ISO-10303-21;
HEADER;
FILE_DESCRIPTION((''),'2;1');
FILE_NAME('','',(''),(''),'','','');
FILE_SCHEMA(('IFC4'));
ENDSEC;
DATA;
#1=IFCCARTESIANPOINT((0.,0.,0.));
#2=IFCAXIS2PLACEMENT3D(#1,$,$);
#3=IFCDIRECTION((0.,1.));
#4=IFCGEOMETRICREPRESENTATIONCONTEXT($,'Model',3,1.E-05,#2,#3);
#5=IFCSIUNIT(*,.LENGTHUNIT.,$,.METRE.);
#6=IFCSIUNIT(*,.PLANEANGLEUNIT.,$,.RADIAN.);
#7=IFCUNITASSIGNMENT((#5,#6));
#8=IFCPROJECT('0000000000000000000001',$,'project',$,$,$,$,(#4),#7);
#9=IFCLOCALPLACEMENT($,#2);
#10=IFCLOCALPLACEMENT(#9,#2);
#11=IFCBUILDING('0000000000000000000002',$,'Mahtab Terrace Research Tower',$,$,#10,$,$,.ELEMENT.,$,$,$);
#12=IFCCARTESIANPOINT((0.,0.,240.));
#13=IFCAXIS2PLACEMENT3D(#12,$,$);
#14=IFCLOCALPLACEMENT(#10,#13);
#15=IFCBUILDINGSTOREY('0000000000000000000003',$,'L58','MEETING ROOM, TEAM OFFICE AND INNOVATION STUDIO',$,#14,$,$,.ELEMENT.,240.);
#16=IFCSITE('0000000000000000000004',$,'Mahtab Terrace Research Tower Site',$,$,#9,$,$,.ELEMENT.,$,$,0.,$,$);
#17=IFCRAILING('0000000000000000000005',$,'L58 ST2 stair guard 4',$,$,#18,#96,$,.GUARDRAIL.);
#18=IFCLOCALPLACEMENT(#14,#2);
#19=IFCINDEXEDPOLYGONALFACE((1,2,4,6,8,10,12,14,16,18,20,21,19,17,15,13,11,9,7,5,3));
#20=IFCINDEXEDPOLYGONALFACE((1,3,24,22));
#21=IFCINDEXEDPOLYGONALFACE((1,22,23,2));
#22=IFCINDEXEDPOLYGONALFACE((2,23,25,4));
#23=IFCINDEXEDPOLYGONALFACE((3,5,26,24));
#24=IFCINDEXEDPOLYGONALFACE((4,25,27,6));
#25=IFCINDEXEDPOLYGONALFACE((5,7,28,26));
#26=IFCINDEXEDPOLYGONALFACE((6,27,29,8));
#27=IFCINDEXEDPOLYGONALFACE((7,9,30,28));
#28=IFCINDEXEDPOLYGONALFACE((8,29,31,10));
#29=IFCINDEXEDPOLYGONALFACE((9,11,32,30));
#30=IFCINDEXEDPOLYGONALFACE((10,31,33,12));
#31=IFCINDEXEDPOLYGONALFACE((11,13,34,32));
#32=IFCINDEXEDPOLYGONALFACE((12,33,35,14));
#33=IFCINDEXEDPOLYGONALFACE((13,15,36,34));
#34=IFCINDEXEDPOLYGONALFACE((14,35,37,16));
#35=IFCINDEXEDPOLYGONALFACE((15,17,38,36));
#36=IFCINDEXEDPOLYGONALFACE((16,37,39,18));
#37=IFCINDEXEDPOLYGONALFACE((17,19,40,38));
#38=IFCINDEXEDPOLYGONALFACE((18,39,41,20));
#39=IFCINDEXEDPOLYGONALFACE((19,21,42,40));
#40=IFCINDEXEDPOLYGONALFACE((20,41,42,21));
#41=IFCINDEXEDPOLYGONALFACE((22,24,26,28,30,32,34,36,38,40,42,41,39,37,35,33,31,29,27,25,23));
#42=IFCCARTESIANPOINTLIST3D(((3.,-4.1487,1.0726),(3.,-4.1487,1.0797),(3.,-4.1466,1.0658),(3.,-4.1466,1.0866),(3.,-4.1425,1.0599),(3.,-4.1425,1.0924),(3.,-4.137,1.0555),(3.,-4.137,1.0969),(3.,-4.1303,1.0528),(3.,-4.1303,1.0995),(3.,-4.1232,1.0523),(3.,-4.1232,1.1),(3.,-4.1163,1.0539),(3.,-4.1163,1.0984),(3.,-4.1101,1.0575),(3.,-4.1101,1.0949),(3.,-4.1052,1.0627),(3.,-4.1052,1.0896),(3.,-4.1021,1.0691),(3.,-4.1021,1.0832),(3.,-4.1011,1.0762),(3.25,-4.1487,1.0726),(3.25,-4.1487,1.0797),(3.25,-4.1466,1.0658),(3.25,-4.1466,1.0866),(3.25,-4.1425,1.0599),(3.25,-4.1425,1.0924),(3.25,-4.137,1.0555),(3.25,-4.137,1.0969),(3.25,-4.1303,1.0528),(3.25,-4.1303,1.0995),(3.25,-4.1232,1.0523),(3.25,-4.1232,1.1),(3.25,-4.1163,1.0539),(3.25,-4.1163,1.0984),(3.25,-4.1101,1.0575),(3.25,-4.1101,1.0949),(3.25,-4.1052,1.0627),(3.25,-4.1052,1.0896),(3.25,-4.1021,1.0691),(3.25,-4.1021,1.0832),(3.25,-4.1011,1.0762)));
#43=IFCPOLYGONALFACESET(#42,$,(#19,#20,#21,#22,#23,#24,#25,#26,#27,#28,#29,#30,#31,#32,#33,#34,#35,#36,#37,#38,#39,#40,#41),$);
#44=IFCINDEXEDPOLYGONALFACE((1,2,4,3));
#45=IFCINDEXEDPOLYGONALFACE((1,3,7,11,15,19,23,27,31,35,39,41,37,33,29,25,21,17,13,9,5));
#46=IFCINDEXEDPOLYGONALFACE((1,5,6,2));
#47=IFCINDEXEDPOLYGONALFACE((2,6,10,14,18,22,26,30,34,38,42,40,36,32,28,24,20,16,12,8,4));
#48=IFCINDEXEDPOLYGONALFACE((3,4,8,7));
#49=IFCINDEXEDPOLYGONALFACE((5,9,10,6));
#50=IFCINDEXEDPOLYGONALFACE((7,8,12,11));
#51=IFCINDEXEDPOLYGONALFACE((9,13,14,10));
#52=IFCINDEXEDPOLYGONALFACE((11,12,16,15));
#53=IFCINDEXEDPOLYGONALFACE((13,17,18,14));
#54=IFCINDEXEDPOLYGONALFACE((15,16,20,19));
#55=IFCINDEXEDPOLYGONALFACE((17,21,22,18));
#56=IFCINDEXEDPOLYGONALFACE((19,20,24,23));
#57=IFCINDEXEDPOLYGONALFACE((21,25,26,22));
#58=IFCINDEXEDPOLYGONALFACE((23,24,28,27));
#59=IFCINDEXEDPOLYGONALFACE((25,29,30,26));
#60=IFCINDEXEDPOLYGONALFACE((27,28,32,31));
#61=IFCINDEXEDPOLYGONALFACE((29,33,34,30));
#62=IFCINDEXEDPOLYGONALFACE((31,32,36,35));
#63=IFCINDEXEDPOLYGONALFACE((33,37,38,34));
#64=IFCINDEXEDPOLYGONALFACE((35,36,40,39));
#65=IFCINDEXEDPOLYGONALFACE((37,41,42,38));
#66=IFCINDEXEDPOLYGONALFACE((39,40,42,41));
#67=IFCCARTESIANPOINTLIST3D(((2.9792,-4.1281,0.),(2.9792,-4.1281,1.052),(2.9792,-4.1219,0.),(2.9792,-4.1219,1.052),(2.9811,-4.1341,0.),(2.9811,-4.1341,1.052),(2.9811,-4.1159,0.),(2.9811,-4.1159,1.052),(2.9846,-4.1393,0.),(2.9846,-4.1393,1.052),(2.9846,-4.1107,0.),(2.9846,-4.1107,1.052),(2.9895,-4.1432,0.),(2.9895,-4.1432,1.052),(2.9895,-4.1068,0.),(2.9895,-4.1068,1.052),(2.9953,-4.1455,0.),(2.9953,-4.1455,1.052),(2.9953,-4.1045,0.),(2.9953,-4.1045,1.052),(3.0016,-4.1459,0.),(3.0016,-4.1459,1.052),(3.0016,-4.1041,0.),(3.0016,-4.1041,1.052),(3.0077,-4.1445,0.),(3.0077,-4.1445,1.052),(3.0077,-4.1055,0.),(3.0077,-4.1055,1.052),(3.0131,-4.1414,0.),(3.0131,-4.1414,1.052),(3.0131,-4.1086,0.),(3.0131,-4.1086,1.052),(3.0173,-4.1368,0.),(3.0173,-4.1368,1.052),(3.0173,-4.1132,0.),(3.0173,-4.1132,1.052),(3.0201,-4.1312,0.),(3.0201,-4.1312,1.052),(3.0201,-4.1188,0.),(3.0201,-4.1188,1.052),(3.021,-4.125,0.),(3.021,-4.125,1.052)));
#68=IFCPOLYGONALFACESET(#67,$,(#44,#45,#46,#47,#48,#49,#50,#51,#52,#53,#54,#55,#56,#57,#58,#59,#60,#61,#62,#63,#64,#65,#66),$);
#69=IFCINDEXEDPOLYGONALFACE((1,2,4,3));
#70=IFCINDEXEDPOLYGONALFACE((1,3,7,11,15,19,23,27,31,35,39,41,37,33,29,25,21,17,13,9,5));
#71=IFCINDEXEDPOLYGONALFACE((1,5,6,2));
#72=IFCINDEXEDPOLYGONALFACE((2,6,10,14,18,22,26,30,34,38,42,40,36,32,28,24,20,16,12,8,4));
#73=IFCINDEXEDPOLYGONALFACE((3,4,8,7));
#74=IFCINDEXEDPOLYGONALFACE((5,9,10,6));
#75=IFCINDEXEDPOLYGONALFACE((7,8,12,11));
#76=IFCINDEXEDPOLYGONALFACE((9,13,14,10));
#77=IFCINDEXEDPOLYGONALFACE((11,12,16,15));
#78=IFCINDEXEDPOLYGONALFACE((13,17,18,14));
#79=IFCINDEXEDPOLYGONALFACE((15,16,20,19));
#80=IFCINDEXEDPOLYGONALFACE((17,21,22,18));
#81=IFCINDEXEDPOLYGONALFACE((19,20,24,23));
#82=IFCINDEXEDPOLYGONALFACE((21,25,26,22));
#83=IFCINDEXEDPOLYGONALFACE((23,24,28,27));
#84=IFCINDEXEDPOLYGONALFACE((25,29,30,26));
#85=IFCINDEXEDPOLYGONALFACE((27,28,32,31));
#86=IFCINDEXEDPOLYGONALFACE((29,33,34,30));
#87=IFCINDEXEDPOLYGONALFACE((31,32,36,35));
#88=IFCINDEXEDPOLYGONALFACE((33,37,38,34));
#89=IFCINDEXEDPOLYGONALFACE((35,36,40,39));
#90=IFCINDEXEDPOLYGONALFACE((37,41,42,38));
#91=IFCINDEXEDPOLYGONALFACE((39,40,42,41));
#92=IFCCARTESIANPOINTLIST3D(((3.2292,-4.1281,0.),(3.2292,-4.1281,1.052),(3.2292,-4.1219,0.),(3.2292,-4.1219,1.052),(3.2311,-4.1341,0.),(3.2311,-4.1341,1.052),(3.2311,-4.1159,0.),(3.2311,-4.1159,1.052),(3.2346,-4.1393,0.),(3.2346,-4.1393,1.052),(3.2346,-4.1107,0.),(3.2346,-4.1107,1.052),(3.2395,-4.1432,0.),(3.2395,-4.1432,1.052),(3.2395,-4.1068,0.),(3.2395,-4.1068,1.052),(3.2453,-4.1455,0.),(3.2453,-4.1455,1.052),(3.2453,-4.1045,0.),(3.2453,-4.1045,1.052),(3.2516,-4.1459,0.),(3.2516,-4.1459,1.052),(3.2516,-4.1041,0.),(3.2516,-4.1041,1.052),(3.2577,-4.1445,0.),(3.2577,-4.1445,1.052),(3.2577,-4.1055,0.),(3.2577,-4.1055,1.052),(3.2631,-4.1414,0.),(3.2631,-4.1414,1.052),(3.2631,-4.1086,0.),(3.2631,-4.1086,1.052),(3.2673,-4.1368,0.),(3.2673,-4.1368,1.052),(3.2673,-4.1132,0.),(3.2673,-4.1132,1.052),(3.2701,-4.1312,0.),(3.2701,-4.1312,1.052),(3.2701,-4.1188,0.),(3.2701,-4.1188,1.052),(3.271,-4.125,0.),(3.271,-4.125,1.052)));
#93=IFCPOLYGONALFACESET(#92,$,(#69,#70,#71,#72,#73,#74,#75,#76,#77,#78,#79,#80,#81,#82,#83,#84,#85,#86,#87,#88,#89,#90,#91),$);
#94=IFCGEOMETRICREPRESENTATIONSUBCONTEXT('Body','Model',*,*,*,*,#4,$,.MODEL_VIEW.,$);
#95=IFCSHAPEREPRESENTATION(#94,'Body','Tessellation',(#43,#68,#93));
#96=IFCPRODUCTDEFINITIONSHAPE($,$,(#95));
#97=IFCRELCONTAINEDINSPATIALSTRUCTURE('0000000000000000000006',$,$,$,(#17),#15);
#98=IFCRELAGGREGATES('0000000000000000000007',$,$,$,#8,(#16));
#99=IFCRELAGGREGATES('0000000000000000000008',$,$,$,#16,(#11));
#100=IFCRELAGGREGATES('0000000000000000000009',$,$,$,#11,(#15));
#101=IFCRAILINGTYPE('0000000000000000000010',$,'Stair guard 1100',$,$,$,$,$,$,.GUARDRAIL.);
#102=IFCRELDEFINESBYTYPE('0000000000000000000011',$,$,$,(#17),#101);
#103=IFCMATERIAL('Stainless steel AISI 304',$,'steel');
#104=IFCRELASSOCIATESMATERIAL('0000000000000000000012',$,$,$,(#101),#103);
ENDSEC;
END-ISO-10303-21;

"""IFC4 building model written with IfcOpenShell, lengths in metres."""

from ifc_helpers import new_model, si_unit, direction, frame, origin, origin_2d, place, context, subcontext, project, spatial, circle, extrude, material, type_object, element, save


model = new_model("IFC4")

# Units and contexts
model_context = context("Model", 3, precision=1e-05, world=origin(), true_north=direction((0.0, 1.0)))
body_context = subcontext(model_context, "Body", "Model", "MODEL_VIEW")
ifc_project = project(units=[si_unit("LENGTHUNIT", "METRE"), si_unit("PLANEANGLEUNIT", "RADIAN")], contexts=[model_context])

# Site, building, storey
site_placement = place(None, origin())
site = spatial("IfcSite", under=ifc_project, at=site_placement, Name="Mahtab Terrace Research Tower Site", CompositionType="ELEMENT", RefElevation=0.0)
building_placement = place(site_placement, origin())
building = spatial("IfcBuilding", under=site, at=building_placement, Name="Mahtab Terrace Research Tower", CompositionType="ELEMENT")
storey_placement = place(building_placement, frame((0.0, 0.0, 240.0)))
storey = spatial("IfcBuildingStorey", under=building, at=storey_placement, Name="L58", Description="MEETING ROOM, TEAM OFFICE AND INNOVATION STUDIO", CompositionType="ELEMENT", Elevation=240.0)

# Railing
ifc_material_1 = material(Name="Stainless steel AISI 304", Category="steel")
railing_type_1 = type_object("IfcRailingType", Name="Stair guard 1100", PredefinedType="GUARDRAIL", material=ifc_material_1)
railing_1_placement = place(storey_placement, frame((3.0, -4.125, 0.0)))
element("IfcRailing", 1, at=railing_1_placement, inside=storey, type_object=railing_type_1, Name="L58 ST2 stair guard 4", PredefinedType="GUARDRAIL", context=body_context, shape_type="SweptSolid", body=[
    extrude(circle(Radius=0.0239, at=origin_2d()), frame((0.0, 0.0, 1.0762), z_axis=(1.0, 0.0, 0.0), x_axis=(0.0, 1.0, 0.0)), (0.0, 0.0, 1.0), 0.25),
    extrude(circle(Radius=0.021, at=origin_2d()), origin(), (0.0, 0.0, 1.0), 1.052),
    extrude(circle(Radius=0.021, at=origin_2d()), frame((0.25, 0.0, 0.0)), (0.0, 0.0, 1.0), 1.052),
])

save(model, "model.ifc")
